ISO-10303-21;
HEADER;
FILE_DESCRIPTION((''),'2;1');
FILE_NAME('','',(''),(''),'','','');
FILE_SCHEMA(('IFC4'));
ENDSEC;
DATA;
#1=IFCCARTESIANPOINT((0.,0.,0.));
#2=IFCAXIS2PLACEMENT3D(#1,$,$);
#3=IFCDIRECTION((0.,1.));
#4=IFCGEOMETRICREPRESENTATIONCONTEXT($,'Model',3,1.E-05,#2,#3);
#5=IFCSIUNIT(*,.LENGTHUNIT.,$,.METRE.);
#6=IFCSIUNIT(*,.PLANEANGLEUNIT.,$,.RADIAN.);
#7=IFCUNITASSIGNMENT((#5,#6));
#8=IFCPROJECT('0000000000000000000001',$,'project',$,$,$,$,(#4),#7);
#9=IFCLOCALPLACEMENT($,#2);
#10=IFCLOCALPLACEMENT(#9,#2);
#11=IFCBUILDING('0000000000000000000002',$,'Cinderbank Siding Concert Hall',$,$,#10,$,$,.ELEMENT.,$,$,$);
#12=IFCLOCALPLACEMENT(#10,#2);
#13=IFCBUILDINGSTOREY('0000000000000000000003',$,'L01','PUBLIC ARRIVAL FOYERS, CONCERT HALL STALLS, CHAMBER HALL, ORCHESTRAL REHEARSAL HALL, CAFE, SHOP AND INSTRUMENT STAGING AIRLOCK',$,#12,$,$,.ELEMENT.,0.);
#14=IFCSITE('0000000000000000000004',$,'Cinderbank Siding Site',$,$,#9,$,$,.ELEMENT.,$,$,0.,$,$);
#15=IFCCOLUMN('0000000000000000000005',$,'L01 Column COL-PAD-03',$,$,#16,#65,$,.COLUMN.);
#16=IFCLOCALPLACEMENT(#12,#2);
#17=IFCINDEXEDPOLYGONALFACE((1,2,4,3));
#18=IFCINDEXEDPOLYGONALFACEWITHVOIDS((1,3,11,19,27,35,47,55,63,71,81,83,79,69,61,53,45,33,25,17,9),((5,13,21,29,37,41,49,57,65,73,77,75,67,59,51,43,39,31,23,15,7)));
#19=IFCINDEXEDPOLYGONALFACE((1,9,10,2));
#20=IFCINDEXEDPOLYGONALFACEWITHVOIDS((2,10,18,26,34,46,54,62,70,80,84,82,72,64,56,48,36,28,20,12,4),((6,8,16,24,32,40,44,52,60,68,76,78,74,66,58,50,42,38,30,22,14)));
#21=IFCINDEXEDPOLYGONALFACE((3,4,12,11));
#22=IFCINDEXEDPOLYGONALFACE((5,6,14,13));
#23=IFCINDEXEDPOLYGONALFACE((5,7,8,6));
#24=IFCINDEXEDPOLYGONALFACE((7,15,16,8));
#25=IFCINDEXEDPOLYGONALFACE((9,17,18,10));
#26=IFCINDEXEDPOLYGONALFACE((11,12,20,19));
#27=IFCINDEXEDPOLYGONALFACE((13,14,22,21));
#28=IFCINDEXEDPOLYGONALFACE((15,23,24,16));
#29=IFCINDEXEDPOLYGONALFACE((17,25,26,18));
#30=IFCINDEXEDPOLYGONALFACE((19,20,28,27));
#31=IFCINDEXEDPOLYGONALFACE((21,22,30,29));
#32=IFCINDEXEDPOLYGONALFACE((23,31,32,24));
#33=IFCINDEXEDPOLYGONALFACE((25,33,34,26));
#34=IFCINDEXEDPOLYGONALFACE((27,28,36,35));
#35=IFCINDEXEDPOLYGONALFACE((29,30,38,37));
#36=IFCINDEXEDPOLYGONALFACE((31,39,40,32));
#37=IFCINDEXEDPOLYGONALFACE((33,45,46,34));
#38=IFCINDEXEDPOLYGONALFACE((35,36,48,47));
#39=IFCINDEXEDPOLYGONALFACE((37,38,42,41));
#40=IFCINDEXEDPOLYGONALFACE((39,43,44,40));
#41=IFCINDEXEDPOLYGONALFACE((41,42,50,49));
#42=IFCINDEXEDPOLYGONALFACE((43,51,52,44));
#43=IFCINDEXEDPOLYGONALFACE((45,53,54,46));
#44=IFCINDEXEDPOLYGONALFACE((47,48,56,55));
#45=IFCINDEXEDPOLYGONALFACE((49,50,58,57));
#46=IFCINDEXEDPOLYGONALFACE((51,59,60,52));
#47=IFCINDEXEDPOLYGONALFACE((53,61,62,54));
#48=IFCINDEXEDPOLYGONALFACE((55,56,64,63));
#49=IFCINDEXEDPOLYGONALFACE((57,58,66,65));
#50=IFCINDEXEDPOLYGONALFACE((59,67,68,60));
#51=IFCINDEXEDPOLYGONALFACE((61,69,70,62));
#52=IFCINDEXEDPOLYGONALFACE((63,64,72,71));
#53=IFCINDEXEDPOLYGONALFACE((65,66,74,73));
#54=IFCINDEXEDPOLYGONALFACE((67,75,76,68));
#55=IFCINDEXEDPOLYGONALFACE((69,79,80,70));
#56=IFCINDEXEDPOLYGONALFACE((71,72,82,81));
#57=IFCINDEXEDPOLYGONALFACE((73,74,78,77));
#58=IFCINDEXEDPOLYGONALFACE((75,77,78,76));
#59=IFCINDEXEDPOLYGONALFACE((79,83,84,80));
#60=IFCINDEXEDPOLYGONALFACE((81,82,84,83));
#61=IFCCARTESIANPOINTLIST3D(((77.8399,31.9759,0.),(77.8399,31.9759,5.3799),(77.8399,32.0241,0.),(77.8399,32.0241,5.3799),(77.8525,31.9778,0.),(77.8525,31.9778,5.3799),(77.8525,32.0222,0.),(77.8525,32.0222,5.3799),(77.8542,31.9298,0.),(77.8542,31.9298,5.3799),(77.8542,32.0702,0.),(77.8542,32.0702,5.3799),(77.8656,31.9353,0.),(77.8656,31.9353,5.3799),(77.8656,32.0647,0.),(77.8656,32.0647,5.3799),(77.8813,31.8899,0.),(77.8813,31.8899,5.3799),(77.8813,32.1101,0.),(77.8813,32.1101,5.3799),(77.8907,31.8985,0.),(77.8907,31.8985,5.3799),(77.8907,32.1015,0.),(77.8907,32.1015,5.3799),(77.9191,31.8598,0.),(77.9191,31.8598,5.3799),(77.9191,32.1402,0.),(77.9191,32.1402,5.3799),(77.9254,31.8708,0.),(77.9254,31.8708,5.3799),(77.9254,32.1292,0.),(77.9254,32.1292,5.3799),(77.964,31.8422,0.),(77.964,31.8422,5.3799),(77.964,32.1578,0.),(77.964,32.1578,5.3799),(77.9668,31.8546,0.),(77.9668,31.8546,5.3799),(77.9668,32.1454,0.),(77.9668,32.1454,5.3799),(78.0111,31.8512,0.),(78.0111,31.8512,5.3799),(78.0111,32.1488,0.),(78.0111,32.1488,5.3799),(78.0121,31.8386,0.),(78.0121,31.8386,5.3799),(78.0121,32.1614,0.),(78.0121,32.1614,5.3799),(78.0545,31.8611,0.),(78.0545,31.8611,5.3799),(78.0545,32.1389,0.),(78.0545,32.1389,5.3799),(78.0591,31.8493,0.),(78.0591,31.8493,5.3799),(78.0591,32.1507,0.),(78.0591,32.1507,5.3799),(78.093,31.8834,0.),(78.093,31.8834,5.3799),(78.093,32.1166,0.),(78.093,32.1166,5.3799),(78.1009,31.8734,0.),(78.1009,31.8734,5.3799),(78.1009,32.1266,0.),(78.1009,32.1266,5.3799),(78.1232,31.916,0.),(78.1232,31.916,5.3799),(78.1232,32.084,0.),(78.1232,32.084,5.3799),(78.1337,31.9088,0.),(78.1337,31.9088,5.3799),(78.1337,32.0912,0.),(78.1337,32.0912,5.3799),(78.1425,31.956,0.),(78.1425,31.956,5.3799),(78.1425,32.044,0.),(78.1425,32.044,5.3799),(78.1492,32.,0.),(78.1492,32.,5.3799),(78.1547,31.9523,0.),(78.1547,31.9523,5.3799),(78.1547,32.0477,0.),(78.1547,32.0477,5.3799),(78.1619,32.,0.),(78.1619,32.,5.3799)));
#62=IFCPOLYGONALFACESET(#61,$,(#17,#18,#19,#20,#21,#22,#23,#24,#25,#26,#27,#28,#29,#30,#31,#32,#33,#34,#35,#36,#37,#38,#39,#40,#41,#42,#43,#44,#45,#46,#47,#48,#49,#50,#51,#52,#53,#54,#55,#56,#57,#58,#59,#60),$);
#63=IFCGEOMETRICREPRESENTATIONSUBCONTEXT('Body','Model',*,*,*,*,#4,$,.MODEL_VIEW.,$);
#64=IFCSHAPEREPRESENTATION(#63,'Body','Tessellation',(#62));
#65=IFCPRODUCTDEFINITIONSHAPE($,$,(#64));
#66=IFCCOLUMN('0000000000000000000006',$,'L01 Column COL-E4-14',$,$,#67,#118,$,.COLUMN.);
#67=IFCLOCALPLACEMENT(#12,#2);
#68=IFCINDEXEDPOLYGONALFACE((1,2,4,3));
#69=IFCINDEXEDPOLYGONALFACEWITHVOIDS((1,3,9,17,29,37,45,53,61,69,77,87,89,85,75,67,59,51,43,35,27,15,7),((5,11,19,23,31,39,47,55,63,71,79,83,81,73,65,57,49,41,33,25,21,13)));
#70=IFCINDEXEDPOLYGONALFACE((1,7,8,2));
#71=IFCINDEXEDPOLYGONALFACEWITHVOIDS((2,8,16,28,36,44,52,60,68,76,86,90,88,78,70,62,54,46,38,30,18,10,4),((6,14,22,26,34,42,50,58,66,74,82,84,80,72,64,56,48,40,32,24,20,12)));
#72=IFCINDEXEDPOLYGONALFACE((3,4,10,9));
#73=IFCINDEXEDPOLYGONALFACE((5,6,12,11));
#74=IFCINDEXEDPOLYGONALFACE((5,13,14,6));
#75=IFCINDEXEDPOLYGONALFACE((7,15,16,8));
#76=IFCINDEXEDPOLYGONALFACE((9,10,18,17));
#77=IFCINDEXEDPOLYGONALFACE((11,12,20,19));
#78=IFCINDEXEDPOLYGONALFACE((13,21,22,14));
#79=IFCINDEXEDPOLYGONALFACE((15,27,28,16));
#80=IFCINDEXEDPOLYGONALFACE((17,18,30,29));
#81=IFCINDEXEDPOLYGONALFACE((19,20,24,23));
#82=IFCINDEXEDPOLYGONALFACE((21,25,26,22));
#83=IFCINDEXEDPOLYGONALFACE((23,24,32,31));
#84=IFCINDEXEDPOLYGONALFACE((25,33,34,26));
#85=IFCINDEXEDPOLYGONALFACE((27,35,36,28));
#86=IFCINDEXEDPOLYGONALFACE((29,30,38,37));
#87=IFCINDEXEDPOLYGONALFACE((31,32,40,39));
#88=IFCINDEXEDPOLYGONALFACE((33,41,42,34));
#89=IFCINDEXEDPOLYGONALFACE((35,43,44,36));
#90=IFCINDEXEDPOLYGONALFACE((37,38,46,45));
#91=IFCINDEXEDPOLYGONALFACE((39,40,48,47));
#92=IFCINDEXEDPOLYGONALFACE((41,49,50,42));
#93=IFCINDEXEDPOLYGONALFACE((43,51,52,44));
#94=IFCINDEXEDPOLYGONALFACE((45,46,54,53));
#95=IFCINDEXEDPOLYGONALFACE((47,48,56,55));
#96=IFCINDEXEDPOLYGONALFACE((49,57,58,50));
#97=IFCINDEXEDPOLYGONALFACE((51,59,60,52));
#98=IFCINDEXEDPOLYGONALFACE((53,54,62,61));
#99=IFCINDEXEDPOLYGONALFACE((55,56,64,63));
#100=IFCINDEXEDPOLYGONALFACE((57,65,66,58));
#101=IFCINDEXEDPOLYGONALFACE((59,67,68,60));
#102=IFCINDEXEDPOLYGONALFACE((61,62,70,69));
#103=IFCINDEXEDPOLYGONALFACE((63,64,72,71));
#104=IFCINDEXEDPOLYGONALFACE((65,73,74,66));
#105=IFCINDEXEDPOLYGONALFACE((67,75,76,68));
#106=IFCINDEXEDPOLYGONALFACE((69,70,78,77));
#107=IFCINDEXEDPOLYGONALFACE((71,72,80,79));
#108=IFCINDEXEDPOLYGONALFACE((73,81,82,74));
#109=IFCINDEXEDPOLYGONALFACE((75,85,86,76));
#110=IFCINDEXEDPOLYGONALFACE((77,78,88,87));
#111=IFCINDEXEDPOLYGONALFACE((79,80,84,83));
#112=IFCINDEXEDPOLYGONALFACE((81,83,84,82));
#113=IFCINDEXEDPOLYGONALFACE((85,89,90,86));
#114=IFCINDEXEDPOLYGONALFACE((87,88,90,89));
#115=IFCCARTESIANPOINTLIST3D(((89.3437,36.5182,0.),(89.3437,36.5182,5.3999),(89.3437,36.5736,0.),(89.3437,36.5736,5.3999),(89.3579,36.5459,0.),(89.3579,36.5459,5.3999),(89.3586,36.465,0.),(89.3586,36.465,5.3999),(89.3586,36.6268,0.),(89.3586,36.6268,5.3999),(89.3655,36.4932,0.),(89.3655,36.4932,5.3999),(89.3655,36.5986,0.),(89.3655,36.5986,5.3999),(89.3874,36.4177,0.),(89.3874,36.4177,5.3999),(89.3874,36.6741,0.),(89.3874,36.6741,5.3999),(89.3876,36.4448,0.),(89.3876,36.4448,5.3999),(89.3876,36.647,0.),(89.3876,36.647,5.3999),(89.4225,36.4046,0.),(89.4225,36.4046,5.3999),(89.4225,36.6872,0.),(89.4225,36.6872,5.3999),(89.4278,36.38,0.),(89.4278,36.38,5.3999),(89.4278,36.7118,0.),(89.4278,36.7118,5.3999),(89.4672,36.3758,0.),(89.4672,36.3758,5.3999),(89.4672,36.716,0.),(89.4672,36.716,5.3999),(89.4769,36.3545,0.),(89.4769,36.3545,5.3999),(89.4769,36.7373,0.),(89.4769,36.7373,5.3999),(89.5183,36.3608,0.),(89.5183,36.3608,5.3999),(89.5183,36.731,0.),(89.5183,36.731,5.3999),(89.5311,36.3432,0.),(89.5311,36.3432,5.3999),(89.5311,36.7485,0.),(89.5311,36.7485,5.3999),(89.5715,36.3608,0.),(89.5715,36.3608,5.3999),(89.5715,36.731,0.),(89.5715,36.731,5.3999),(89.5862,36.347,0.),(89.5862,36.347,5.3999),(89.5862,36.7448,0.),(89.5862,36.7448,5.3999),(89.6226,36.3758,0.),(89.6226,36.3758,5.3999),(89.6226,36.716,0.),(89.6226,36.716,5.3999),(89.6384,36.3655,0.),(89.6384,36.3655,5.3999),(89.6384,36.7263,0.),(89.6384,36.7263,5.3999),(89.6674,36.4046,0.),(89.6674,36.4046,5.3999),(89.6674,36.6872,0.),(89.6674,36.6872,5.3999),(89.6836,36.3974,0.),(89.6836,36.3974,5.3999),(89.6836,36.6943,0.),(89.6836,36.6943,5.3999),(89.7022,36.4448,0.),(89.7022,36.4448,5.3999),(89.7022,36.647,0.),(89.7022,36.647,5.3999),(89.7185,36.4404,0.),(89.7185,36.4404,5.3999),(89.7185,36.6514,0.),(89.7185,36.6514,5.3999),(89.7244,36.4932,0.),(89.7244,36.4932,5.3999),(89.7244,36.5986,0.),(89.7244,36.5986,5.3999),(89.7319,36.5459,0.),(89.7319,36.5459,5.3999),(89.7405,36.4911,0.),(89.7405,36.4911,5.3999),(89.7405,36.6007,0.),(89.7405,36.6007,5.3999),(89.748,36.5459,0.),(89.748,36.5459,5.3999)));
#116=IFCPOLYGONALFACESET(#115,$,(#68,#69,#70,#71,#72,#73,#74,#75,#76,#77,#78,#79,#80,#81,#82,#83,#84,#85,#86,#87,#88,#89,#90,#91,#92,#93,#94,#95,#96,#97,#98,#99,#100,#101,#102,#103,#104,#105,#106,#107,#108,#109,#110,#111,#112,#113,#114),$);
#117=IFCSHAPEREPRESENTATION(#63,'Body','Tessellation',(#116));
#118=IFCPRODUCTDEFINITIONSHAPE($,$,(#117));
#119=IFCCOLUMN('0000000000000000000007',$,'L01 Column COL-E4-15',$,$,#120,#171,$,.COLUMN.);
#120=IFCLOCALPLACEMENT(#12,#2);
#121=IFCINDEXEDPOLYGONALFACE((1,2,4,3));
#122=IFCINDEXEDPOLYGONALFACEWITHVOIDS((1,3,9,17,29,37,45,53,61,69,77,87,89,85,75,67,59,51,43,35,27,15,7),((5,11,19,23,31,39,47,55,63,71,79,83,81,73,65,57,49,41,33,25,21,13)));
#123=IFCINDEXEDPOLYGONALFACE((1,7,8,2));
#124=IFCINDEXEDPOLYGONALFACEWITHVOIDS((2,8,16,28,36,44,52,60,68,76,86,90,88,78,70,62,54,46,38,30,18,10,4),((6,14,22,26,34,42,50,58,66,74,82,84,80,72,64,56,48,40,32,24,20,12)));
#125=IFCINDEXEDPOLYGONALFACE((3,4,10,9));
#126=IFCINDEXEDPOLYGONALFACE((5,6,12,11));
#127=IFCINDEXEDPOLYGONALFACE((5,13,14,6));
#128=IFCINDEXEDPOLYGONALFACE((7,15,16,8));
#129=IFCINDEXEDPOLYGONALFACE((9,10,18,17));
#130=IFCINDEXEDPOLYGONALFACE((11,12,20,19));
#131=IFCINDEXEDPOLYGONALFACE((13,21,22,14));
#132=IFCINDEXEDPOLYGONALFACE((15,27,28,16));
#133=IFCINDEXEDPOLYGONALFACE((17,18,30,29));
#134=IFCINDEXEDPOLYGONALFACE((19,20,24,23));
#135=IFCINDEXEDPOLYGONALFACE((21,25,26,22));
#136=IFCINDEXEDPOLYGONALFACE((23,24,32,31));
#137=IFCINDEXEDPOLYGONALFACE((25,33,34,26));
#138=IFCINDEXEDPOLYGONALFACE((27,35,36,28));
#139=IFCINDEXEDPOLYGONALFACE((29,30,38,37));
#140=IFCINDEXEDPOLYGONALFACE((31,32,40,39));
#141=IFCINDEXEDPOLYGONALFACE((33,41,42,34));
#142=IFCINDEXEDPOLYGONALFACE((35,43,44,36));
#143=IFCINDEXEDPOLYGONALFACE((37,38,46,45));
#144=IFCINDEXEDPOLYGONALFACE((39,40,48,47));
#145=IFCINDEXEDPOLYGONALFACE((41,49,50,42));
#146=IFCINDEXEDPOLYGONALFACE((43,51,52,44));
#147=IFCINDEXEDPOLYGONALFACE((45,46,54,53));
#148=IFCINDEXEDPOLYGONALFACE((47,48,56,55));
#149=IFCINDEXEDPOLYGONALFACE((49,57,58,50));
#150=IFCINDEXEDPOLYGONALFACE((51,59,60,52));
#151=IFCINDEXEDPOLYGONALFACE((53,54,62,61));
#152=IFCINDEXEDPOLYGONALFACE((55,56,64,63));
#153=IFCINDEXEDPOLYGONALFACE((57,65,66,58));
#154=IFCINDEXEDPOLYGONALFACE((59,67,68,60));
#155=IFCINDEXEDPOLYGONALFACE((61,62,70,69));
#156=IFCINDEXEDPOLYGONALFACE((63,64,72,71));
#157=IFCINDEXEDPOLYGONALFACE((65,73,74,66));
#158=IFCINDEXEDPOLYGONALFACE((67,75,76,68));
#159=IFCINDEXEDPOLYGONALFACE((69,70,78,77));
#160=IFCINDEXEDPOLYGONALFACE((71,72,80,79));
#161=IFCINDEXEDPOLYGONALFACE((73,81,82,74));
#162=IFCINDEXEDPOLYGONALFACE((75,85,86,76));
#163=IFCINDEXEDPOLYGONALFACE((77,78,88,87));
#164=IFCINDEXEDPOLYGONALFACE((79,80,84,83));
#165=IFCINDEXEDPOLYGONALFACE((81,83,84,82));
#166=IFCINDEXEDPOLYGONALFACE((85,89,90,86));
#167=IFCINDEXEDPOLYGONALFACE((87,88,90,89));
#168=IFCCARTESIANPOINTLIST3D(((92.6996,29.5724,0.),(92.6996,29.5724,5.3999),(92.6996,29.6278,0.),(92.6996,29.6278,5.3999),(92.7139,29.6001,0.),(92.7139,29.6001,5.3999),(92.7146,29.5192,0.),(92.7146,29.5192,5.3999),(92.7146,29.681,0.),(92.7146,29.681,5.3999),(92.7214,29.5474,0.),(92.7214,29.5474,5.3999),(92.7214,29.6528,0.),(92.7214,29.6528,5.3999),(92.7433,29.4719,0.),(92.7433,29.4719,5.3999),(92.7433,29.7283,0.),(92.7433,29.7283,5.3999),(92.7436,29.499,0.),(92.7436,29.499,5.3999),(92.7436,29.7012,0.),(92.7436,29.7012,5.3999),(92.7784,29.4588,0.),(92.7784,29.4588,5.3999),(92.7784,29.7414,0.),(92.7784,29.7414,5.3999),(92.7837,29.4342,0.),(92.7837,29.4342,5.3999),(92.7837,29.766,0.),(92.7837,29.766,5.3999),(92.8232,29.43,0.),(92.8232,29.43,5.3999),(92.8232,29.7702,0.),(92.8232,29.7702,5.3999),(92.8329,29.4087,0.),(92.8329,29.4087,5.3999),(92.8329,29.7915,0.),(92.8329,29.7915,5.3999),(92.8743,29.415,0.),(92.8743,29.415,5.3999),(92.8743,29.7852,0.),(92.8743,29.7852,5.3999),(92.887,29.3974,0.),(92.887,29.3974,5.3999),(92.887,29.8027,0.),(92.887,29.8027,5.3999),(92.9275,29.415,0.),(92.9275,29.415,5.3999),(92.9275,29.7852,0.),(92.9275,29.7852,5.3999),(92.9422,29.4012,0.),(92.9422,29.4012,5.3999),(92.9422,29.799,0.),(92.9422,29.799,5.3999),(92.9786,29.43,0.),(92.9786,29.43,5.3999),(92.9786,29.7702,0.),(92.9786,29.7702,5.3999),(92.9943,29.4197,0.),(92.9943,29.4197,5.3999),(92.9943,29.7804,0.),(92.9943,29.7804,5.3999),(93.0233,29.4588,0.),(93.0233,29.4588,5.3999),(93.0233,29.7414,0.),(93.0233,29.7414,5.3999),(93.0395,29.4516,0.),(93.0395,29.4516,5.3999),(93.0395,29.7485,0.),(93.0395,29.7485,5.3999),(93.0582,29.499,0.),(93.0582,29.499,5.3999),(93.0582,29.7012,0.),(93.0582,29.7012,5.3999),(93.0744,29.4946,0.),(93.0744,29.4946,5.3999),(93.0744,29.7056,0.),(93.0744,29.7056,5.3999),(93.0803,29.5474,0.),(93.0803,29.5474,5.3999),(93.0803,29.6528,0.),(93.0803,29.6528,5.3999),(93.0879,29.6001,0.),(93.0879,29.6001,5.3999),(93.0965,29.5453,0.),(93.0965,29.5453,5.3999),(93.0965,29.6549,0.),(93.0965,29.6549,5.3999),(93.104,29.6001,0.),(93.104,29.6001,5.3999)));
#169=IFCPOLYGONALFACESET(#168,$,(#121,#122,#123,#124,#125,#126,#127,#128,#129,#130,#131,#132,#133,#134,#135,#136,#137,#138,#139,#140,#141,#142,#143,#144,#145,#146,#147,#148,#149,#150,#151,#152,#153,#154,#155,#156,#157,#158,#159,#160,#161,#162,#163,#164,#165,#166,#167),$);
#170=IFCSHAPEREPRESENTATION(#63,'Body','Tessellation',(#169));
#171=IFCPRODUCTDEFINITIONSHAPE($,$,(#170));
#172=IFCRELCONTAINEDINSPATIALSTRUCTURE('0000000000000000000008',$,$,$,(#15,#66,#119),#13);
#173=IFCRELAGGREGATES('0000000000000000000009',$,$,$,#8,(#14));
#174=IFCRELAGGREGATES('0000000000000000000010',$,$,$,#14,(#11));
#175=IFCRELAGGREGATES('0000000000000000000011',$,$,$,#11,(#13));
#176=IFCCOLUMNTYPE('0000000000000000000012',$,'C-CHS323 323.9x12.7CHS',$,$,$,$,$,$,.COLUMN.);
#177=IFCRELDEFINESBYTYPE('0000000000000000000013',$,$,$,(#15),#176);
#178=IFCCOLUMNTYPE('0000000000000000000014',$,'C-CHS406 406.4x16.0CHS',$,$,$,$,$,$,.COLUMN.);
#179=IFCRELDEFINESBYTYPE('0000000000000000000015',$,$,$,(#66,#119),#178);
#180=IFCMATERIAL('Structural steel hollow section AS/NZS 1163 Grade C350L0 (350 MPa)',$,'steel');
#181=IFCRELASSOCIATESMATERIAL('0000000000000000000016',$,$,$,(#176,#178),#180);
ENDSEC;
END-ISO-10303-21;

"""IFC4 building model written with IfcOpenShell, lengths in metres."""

from ifc_helpers import new_model, si_unit, direction, frame, origin, origin_2d, place, context, subcontext, project, spatial, hollow_circle, extrude, material, material_profile, profile_set, type_object, element, save


model = new_model("IFC4")

# Units and contexts
model_context = context("Model", 3, precision=1e-05, world=origin(), true_north=direction((0.0, 1.0)))
body_context = subcontext(model_context, "Body", "Model", "MODEL_VIEW")
ifc_project = project(units=[si_unit("LENGTHUNIT", "METRE"), si_unit("PLANEANGLEUNIT", "RADIAN")], contexts=[model_context])

# Site, building, storey
site_placement = place(None, origin())
site = spatial("IfcSite", under=ifc_project, at=site_placement, Name="Cinderbank Siding Site", CompositionType="ELEMENT", RefElevation=0.0)
building_placement = place(site_placement, origin())
building = spatial("IfcBuilding", under=site, at=building_placement, Name="Cinderbank Siding Concert Hall", CompositionType="ELEMENT")
storey_placement = place(building_placement, origin())
storey = spatial("IfcBuildingStorey", under=building, at=storey_placement, Name="L01", Description="PUBLIC ARRIVAL FOYERS, CONCERT HALL STALLS, CHAMBER HALL, ORCHESTRAL REHEARSAL HALL, CAFE, SHOP AND INSTRUMENT STAGING AIRLOCK", CompositionType="ELEMENT", Elevation=0.0)

# Columns
ifc_material_1 = material(Name="Structural steel hollow section AS/NZS 1163 Grade C350L0 (350 MPa)", Category="steel")
ifc_material_profile_1 = material_profile(ifc_material_1, hollow_circle(Radius=0.1619, WallThickness=0.0127, at=origin_2d()), Name="323.9x12.7CHS", Category="LoadBearing")
ifc_profile_set_1 = profile_set([ifc_material_profile_1], Name="Structural steel hollow section AS/NZS 1163 Grade C350L0 (350 MPa)")
column_type_1 = type_object("IfcColumnType", Name="C-CHS323 323.9x12.7CHS", PredefinedType="COLUMN", material=ifc_profile_set_1)
column_1_placement = place(storey_placement, frame((78.0, 32.0, 0.0), z_axis=(0.0, 0.0, 1.0), x_axis=(1.0, 0.0, 0.0)))
element("IfcColumn", 1, at=column_1_placement, inside=storey, type_object=column_type_1, Name="L01 Column COL-PAD-03", PredefinedType="COLUMN", context=body_context, shape_type="SweptSolid", body=[
    extrude(hollow_circle(Radius=0.1619, WallThickness=0.0127, at=origin_2d()), origin(), (0.0, 0.0, 1.0), 5.3799),
])
ifc_material_profile_2 = material_profile(ifc_material_1, hollow_circle(Radius=0.2031, WallThickness=0.0161, at=origin_2d()), Name="406.4x16.0CHS", Category="LoadBearing")
ifc_profile_set_2 = profile_set([ifc_material_profile_2], Name="Structural steel hollow section AS/NZS 1163 Grade C350L0 (350 MPa)")
column_type_2 = type_object("IfcColumnType", Name="C-CHS406 406.4x16.0CHS", PredefinedType="COLUMN", material=ifc_profile_set_2)
for number, where, z_axis, x_axis, name in (
    (2, (89.5449, 36.5459, 0.0), (0.0, 0.0, 1.0), (1.0, 0.0, 0.0), "L01 Column COL-E4-14"),
    (3, (92.9009, 29.6001, 0.0), (0.0, 0.0, 1.0), (1.0, 0.0, 0.0), "L01 Column COL-E4-15"),
):
    element("IfcColumn", number, at=place(storey_placement, frame(where, z_axis=z_axis, x_axis=x_axis)), inside=storey, type_object=column_type_2, Name=name, PredefinedType="COLUMN", context=body_context, shape_type="SweptSolid", body=[
        extrude(hollow_circle(Radius=0.2031, WallThickness=0.0161, at=origin_2d()), origin(), (0.0, 0.0, 1.0), 5.3999),
    ])

save(model, "model.ifc")
